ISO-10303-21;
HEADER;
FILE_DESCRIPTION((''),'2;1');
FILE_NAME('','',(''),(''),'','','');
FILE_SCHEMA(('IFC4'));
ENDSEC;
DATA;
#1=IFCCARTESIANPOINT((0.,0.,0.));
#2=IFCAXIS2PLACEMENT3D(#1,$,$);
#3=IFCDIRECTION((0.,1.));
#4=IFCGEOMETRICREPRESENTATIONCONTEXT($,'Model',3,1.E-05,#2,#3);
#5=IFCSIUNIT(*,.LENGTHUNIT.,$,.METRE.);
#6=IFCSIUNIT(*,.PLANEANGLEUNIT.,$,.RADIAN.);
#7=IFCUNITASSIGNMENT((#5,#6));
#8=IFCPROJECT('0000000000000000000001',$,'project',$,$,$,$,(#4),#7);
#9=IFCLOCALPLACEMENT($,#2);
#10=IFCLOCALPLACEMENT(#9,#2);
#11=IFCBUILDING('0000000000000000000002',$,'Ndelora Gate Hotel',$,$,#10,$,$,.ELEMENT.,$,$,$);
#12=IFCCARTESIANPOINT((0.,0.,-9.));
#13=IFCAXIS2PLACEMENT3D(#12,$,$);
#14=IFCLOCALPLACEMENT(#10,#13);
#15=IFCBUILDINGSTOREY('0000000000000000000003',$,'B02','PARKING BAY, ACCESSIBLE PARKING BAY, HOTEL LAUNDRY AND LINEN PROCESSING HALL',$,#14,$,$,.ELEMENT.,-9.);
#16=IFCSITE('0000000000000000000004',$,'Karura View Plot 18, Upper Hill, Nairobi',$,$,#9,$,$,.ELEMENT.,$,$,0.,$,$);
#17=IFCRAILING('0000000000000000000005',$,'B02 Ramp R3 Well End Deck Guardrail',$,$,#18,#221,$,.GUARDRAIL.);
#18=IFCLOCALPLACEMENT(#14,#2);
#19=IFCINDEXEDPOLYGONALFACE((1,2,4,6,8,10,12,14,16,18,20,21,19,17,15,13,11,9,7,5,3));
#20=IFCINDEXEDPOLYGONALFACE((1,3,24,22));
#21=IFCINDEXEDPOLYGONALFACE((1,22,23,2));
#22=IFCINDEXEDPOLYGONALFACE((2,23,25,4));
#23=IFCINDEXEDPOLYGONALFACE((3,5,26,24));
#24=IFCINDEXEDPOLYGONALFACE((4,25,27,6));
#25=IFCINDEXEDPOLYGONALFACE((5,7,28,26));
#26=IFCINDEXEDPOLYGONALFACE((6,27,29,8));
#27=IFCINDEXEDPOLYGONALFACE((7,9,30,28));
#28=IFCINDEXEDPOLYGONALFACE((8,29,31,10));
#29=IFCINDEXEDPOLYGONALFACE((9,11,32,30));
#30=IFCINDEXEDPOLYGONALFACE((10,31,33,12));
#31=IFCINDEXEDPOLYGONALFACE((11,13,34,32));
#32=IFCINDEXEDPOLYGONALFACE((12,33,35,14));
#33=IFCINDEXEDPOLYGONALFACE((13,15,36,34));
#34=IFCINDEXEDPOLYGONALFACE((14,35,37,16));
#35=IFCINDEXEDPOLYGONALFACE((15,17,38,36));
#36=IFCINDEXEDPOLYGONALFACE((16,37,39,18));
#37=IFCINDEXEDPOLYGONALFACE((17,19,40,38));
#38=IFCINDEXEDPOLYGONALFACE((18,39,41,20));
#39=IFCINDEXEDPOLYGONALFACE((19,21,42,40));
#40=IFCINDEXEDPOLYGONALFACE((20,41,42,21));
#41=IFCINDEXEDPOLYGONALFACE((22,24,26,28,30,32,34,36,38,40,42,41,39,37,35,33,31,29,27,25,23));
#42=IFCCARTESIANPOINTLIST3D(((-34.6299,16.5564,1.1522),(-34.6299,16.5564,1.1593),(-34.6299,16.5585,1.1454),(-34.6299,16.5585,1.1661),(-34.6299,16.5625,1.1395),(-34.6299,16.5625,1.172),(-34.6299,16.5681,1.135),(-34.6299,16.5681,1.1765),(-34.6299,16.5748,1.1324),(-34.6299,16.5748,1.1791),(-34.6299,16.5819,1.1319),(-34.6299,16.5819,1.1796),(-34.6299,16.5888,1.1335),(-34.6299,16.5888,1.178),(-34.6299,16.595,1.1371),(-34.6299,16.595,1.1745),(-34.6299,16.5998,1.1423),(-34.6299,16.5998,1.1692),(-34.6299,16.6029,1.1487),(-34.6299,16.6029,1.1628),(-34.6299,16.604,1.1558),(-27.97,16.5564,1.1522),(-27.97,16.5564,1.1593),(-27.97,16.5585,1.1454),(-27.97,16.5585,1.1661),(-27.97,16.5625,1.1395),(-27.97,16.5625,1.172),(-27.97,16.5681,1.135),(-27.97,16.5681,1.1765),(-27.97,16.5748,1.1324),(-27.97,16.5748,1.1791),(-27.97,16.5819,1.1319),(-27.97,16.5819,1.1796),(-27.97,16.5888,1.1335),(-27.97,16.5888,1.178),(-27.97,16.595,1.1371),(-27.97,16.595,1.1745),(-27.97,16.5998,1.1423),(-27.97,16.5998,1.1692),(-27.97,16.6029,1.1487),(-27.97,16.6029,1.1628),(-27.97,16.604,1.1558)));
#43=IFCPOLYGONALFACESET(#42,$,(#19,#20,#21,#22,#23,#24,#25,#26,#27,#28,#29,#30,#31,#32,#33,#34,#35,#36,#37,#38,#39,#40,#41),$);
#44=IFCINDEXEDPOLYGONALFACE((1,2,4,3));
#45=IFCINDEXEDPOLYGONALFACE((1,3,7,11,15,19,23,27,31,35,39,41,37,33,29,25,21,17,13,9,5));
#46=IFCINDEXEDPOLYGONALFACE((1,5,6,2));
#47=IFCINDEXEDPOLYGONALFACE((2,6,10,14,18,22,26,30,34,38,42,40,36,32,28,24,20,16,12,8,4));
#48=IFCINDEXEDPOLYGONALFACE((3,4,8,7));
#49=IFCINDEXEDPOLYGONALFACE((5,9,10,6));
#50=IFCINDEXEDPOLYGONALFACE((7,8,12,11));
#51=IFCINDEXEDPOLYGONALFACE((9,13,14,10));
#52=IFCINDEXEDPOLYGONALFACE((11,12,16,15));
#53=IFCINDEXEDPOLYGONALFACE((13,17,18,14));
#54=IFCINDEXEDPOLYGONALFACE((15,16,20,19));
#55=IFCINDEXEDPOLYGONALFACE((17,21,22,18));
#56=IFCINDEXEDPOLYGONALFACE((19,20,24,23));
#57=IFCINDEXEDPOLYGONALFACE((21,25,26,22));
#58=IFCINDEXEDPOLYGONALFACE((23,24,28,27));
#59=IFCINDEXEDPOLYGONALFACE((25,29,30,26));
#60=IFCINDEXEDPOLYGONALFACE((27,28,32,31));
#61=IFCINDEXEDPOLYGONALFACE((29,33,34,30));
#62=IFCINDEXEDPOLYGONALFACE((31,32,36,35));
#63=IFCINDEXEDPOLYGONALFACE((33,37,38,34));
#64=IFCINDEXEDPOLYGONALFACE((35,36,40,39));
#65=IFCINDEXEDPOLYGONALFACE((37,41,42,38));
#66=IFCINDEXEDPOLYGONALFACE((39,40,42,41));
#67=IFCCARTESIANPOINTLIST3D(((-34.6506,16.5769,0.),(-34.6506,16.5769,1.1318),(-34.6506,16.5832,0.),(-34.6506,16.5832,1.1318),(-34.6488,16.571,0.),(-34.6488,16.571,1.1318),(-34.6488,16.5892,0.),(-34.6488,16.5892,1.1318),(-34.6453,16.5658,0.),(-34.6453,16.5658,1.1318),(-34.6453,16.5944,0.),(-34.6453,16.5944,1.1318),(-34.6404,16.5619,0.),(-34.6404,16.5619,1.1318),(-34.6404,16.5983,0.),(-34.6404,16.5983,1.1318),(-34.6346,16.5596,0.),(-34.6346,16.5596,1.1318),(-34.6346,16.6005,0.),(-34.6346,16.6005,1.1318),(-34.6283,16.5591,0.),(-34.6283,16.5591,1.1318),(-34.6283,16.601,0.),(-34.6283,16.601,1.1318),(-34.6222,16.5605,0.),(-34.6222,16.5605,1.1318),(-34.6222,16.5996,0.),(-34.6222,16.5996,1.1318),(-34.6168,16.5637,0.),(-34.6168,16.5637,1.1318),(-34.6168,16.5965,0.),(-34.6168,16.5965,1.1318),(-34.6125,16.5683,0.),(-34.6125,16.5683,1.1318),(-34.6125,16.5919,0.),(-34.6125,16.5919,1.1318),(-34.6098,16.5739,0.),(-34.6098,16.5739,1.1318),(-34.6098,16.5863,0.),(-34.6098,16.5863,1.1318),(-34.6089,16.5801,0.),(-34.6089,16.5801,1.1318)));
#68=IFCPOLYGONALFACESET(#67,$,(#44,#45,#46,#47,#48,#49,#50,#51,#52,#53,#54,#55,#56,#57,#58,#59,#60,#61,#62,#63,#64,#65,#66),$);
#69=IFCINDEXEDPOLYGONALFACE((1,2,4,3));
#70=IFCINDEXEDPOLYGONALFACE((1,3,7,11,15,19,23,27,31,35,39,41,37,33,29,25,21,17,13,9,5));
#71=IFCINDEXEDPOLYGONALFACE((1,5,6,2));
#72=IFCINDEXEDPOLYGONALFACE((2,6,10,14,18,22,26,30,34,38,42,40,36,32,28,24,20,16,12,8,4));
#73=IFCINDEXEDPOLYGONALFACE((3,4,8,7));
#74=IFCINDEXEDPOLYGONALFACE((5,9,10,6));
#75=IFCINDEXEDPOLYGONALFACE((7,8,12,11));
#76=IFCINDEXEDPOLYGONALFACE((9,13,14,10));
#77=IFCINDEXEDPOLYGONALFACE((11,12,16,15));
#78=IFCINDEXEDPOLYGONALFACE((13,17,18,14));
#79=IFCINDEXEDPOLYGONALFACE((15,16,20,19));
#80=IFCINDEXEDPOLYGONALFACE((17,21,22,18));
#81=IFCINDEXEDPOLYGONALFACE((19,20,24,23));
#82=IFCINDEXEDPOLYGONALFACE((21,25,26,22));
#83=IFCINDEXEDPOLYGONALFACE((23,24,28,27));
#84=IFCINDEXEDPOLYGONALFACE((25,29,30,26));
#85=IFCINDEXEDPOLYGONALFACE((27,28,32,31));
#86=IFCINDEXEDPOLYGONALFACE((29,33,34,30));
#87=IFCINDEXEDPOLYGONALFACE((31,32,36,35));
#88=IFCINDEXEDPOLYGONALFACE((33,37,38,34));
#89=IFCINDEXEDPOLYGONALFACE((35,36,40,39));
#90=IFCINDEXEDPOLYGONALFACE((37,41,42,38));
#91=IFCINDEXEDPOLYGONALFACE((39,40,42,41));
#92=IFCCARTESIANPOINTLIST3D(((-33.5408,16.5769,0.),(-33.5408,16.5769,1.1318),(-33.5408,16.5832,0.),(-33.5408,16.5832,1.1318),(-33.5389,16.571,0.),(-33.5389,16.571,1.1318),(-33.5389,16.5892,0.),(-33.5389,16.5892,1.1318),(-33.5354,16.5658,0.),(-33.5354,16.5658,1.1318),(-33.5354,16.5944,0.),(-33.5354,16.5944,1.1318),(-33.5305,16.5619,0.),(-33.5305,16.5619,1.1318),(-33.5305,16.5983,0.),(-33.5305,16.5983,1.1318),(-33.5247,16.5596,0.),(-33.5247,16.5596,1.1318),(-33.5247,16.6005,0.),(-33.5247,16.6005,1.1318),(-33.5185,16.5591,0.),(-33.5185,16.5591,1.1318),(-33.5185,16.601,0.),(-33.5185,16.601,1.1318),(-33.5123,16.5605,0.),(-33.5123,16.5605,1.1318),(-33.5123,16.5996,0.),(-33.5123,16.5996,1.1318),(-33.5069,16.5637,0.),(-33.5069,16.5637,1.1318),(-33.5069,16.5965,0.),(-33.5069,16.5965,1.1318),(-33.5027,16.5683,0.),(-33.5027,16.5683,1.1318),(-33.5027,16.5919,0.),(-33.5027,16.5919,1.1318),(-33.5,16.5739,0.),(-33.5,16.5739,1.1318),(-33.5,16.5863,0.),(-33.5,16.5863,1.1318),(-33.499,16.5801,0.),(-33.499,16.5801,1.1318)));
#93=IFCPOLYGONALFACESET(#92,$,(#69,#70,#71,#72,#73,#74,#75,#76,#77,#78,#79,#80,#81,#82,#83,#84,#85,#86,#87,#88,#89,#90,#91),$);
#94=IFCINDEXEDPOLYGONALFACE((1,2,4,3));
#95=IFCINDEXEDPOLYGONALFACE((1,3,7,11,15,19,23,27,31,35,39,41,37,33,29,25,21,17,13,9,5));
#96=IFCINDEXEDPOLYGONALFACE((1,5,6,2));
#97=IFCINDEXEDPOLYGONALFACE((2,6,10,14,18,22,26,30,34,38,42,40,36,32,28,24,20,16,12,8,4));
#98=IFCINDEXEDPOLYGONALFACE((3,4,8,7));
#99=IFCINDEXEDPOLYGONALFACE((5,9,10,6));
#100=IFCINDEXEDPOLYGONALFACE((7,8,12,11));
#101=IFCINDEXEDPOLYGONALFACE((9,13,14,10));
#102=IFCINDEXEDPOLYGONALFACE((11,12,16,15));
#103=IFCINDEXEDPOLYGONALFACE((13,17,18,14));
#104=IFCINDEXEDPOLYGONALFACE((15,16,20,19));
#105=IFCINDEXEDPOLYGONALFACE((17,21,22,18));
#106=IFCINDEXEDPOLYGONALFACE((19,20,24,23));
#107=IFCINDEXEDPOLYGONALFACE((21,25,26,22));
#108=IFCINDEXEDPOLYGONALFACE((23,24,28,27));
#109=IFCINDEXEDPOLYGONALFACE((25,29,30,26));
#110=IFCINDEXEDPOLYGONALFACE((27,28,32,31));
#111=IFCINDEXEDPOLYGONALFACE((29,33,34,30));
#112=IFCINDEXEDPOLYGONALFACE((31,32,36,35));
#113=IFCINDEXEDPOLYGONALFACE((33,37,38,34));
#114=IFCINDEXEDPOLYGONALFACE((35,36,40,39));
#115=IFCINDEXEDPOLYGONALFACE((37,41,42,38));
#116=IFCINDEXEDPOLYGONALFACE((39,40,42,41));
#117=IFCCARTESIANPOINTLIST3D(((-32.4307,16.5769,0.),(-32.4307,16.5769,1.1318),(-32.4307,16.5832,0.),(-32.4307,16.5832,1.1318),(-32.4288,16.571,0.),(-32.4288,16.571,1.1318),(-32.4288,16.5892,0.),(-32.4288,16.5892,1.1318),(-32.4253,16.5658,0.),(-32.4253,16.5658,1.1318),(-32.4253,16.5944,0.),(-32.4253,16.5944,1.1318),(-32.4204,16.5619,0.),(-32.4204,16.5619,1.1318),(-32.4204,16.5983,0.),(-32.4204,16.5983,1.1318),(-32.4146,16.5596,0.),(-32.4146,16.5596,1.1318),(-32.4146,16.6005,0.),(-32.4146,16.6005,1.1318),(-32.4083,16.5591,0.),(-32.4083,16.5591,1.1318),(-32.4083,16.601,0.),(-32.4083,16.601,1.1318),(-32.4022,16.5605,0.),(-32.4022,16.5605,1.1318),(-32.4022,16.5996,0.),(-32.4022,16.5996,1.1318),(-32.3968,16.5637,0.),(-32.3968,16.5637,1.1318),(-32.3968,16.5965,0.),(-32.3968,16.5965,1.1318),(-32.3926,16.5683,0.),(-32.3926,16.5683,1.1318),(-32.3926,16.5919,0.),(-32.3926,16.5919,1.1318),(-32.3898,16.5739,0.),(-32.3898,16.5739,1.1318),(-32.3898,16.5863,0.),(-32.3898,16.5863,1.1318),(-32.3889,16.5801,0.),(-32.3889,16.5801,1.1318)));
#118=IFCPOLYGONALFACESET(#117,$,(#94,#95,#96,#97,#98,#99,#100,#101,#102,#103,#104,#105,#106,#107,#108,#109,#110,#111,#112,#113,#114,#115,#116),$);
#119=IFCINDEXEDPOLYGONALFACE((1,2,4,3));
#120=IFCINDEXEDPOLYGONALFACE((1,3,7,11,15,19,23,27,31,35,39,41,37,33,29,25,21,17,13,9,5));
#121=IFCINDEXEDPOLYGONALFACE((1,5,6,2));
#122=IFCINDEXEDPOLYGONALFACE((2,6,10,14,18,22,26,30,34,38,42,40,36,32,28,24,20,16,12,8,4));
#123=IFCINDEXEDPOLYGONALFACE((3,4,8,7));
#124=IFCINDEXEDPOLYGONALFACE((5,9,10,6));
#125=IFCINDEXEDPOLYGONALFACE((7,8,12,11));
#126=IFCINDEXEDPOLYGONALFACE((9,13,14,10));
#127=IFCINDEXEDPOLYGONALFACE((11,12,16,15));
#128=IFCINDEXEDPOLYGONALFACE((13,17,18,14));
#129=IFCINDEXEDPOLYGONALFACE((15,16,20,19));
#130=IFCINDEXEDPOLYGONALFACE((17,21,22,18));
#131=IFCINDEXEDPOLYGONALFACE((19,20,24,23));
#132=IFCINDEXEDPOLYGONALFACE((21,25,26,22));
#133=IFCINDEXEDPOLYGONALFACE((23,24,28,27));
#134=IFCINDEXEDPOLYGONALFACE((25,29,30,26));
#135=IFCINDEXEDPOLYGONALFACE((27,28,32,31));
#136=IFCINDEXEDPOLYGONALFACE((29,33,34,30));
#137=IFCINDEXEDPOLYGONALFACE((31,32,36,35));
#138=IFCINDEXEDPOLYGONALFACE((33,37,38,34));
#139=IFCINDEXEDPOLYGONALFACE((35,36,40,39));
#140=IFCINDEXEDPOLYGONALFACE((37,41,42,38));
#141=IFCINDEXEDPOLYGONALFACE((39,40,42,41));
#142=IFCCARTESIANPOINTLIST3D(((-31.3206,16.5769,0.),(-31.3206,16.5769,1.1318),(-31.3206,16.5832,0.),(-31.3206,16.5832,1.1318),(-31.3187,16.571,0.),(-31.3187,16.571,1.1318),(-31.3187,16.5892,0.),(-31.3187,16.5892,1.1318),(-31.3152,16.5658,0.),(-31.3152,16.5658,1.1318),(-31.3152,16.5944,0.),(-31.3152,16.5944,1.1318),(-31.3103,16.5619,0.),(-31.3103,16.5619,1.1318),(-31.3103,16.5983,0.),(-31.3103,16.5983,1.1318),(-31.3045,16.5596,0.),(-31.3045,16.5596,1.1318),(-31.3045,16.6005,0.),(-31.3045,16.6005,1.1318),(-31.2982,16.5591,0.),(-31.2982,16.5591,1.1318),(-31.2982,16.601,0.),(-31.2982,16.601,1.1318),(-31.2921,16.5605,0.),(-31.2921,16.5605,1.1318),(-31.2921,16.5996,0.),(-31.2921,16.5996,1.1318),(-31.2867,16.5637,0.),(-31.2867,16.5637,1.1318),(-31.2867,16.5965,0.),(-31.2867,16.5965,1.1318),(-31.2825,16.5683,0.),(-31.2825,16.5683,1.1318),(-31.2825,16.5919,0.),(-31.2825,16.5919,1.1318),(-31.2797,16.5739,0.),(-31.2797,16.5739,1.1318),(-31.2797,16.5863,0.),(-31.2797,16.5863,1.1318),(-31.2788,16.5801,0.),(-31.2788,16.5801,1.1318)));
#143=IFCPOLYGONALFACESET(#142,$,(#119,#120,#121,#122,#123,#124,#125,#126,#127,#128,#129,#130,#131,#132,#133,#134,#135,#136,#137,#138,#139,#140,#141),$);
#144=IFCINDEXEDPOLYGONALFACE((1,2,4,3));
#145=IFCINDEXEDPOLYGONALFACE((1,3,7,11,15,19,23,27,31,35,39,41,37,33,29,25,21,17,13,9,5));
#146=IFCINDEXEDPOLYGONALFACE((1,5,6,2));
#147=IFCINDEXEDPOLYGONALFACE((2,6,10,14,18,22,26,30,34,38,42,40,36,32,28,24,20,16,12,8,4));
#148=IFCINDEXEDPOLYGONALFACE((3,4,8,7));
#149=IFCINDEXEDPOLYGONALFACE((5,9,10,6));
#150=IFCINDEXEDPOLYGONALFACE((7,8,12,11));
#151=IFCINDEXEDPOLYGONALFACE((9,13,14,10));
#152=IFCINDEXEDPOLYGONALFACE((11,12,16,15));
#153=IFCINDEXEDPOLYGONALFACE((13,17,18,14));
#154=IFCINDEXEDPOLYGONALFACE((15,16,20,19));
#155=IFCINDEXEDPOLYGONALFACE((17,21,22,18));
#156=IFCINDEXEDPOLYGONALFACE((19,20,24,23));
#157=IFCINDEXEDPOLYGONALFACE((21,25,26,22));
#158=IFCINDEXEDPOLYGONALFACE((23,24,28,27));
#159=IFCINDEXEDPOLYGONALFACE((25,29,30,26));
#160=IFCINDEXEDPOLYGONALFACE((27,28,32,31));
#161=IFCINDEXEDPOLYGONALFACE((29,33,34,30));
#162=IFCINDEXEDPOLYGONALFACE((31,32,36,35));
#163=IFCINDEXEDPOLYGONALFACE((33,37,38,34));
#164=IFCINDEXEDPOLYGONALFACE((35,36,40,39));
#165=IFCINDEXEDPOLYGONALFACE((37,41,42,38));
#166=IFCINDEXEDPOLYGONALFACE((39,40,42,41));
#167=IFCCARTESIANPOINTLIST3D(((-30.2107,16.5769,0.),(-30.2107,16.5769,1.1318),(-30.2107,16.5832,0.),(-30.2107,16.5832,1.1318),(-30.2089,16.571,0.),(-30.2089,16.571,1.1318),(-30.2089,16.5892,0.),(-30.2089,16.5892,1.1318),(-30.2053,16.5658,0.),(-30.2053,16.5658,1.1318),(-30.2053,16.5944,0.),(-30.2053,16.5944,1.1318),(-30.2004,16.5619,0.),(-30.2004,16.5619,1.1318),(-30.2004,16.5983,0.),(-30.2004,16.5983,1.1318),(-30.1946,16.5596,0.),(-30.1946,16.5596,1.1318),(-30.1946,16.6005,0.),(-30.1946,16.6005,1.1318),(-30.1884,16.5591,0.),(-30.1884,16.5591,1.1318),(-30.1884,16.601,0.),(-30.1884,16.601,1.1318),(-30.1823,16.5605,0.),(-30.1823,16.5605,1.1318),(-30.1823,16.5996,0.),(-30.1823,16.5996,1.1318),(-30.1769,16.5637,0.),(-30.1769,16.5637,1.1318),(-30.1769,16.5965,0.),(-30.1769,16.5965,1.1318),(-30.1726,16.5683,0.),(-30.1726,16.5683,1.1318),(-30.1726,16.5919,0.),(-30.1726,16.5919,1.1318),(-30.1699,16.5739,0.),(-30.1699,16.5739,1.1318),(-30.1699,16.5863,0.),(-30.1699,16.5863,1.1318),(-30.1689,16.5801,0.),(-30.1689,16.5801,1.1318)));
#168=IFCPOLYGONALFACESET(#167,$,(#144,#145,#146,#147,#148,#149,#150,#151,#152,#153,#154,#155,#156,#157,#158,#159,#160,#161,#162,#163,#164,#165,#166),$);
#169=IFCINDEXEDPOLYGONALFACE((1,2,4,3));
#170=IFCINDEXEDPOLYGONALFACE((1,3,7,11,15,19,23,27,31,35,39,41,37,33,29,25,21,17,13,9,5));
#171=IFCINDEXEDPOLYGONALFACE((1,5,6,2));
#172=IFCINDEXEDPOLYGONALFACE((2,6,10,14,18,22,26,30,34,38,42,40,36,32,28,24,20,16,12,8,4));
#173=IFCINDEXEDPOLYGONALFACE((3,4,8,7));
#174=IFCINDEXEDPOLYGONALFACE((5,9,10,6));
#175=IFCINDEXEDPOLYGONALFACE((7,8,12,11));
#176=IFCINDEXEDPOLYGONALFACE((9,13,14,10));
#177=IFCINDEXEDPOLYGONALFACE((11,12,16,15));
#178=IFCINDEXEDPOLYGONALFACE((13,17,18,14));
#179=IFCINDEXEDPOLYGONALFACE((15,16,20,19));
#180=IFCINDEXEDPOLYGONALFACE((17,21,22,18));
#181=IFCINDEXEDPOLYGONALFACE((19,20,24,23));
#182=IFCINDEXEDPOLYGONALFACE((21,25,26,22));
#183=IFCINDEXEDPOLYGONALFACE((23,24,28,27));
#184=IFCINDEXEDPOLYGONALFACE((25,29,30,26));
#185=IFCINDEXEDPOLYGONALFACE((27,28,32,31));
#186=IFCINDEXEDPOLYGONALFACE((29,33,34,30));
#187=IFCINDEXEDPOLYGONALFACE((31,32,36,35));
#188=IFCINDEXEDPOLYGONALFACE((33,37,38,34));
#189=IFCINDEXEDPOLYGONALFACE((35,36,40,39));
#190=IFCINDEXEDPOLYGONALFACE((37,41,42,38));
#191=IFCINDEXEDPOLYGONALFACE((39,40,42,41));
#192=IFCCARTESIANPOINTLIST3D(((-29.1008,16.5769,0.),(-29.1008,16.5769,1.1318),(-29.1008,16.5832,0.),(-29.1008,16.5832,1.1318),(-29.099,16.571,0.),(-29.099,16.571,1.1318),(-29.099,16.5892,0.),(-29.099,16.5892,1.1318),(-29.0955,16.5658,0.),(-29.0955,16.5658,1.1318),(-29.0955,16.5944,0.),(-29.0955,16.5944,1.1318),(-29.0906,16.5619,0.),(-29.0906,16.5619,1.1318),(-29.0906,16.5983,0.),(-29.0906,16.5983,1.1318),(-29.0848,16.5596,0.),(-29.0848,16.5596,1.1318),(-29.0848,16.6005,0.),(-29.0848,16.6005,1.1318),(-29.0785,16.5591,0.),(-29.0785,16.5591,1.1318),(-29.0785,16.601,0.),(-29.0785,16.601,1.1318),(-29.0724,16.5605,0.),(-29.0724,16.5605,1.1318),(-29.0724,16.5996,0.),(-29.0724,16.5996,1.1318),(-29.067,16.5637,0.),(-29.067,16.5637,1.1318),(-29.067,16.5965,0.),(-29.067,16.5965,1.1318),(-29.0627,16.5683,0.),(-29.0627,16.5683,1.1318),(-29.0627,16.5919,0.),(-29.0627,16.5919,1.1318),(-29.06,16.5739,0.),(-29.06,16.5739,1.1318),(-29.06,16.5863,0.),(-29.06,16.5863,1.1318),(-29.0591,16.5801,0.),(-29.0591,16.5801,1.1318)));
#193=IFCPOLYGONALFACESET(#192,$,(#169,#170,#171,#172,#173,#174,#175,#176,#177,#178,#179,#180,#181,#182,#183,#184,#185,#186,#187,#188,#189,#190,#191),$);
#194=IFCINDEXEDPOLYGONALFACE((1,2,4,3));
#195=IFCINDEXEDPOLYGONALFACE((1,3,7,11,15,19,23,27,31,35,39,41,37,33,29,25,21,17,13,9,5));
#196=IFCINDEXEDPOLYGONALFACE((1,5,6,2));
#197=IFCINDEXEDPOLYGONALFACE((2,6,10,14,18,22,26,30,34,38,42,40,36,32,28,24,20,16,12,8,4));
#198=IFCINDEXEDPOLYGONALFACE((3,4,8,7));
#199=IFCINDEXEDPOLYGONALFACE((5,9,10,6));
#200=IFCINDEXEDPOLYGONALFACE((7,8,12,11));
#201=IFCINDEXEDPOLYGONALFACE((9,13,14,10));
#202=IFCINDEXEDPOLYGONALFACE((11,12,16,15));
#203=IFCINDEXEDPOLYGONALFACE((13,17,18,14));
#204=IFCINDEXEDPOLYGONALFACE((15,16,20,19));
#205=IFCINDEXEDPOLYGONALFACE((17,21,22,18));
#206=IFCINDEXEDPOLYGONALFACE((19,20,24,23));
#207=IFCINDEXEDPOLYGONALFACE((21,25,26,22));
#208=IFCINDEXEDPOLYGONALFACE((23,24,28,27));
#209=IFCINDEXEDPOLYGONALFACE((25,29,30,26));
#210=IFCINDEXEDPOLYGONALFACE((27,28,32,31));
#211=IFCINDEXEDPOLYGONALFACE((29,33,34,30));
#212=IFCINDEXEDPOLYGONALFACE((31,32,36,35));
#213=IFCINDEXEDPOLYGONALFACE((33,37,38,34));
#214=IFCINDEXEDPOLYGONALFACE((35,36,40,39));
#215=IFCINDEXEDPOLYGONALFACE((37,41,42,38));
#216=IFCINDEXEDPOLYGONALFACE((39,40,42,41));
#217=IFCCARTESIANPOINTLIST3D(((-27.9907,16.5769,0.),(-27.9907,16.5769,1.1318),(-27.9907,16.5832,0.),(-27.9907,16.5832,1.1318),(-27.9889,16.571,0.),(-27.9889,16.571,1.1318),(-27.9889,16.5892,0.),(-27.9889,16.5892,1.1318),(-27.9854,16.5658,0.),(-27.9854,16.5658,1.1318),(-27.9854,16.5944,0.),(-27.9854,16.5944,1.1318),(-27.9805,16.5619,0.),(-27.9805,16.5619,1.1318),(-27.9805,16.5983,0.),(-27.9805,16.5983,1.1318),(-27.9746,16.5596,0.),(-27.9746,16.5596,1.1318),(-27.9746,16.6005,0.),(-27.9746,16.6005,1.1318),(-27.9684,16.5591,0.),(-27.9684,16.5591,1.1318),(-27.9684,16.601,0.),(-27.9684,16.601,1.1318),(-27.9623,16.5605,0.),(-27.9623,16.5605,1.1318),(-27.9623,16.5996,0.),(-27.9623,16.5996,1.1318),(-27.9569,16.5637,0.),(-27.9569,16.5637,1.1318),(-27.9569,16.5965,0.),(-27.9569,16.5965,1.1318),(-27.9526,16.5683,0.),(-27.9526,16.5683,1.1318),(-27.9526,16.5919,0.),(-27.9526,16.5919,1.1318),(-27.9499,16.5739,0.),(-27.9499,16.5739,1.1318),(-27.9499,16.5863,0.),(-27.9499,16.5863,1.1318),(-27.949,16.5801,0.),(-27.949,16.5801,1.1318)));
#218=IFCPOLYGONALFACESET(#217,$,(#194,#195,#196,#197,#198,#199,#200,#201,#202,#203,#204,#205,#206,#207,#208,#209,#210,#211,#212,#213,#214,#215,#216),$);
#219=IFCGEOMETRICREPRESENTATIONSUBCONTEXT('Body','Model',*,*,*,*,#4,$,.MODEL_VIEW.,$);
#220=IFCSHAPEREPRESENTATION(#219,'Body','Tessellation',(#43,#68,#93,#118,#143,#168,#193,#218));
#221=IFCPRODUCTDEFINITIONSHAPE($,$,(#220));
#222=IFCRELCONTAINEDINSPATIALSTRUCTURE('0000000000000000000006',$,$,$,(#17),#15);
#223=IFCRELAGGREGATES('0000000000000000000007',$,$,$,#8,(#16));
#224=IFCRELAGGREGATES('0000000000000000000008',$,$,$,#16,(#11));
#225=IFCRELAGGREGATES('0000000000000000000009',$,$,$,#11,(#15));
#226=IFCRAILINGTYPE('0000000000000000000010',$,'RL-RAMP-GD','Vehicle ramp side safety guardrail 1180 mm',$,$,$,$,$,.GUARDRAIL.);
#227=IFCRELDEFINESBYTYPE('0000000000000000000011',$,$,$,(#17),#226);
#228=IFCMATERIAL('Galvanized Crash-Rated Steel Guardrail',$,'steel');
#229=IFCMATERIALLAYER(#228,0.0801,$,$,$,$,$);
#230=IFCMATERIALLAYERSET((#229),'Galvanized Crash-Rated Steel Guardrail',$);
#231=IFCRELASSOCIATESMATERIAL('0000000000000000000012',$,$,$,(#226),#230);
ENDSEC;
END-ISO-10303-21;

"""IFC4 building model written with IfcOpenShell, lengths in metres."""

from ifc_helpers import new_model, si_unit, direction, frame, origin, origin_2d, place, context, subcontext, project, spatial, circle, extrude, material, layer, layer_set, type_object, element, save


model = new_model("IFC4")

# Units and contexts
model_context = context("Model", 3, precision=1e-05, world=origin(), true_north=direction((0.0, 1.0)))
body_context = subcontext(model_context, "Body", "Model", "MODEL_VIEW")
ifc_project = project(units=[si_unit("LENGTHUNIT", "METRE"), si_unit("PLANEANGLEUNIT", "RADIAN")], contexts=[model_context])

# Site, building, storey
site_placement = place(None, origin())
site = spatial("IfcSite", under=ifc_project, at=site_placement, Name="Karura View Plot 18, Upper Hill, Nairobi", CompositionType="ELEMENT", RefElevation=0.0)
building_placement = place(site_placement, origin())
building = spatial("IfcBuilding", under=site, at=building_placement, Name="Ndelora Gate Hotel", CompositionType="ELEMENT")
storey_placement = place(building_placement, frame((0.0, 0.0, -9.0)))
storey = spatial("IfcBuildingStorey", under=building, at=storey_placement, Name="B02", Description="PARKING BAY, ACCESSIBLE PARKING BAY, HOTEL LAUNDRY AND LINEN PROCESSING HALL", CompositionType="ELEMENT", Elevation=-9.0)

# Railing
ifc_material_1 = material(Name="Galvanized Crash-Rated Steel Guardrail", Category="steel")
ifc_layer_1 = layer(ifc_material_1, 0.0801)
ifc_layer_set_1 = layer_set([ifc_layer_1], Name="Galvanized Crash-Rated Steel Guardrail")
railing_type_1 = type_object("IfcRailingType", Name="RL-RAMP-GD", Description="Vehicle ramp side safety guardrail 1180 mm", PredefinedType="GUARDRAIL", material=ifc_layer_set_1)
railing_1_placement = place(storey_placement, frame((-34.6299, 16.5801, 0.0)))
element("IfcRailing", 1, at=railing_1_placement, inside=storey, type_object=railing_type_1, Name="B02 Ramp R3 Well End Deck Guardrail", PredefinedType="GUARDRAIL", context=body_context, shape_type="SweptSolid", body=[
    extrude(circle(Radius=0.0239, at=origin_2d()), frame((0.0, 0.0, 1.1558), z_axis=(1.0, 0.0, 0.0), x_axis=(0.0, 1.0, 0.0)), (0.0, 0.0, 1.0), 6.6599),
    extrude(circle(Radius=0.021, at=origin_2d()), origin(), (0.0, 0.0, 1.0), 1.1318),
    extrude(circle(Radius=0.021, at=origin_2d()), frame((1.1099, 0.0, 0.0)), (0.0, 0.0, 1.0), 1.1318),
    extrude(circle(Radius=0.021, at=origin_2d()), frame((2.22, 0.0, 0.0)), (0.0, 0.0, 1.0), 1.1318),
    extrude(circle(Radius=0.021, at=origin_2d()), frame((3.3301, 0.0, 0.0)), (0.0, 0.0, 1.0), 1.1318),
    extrude(circle(Radius=0.021, at=origin_2d()), frame((4.4399, 0.0, 0.0)), (0.0, 0.0, 1.0), 1.1318),
    extrude(circle(Radius=0.021, at=origin_2d()), frame((5.5498, 0.0, 0.0)), (0.0, 0.0, 1.0), 1.1318),
    extrude(circle(Radius=0.021, at=origin_2d()), frame((6.6599, 0.0, 0.0)), (0.0, 0.0, 1.0), 1.1318),
])

save(model, "model.ifc")
